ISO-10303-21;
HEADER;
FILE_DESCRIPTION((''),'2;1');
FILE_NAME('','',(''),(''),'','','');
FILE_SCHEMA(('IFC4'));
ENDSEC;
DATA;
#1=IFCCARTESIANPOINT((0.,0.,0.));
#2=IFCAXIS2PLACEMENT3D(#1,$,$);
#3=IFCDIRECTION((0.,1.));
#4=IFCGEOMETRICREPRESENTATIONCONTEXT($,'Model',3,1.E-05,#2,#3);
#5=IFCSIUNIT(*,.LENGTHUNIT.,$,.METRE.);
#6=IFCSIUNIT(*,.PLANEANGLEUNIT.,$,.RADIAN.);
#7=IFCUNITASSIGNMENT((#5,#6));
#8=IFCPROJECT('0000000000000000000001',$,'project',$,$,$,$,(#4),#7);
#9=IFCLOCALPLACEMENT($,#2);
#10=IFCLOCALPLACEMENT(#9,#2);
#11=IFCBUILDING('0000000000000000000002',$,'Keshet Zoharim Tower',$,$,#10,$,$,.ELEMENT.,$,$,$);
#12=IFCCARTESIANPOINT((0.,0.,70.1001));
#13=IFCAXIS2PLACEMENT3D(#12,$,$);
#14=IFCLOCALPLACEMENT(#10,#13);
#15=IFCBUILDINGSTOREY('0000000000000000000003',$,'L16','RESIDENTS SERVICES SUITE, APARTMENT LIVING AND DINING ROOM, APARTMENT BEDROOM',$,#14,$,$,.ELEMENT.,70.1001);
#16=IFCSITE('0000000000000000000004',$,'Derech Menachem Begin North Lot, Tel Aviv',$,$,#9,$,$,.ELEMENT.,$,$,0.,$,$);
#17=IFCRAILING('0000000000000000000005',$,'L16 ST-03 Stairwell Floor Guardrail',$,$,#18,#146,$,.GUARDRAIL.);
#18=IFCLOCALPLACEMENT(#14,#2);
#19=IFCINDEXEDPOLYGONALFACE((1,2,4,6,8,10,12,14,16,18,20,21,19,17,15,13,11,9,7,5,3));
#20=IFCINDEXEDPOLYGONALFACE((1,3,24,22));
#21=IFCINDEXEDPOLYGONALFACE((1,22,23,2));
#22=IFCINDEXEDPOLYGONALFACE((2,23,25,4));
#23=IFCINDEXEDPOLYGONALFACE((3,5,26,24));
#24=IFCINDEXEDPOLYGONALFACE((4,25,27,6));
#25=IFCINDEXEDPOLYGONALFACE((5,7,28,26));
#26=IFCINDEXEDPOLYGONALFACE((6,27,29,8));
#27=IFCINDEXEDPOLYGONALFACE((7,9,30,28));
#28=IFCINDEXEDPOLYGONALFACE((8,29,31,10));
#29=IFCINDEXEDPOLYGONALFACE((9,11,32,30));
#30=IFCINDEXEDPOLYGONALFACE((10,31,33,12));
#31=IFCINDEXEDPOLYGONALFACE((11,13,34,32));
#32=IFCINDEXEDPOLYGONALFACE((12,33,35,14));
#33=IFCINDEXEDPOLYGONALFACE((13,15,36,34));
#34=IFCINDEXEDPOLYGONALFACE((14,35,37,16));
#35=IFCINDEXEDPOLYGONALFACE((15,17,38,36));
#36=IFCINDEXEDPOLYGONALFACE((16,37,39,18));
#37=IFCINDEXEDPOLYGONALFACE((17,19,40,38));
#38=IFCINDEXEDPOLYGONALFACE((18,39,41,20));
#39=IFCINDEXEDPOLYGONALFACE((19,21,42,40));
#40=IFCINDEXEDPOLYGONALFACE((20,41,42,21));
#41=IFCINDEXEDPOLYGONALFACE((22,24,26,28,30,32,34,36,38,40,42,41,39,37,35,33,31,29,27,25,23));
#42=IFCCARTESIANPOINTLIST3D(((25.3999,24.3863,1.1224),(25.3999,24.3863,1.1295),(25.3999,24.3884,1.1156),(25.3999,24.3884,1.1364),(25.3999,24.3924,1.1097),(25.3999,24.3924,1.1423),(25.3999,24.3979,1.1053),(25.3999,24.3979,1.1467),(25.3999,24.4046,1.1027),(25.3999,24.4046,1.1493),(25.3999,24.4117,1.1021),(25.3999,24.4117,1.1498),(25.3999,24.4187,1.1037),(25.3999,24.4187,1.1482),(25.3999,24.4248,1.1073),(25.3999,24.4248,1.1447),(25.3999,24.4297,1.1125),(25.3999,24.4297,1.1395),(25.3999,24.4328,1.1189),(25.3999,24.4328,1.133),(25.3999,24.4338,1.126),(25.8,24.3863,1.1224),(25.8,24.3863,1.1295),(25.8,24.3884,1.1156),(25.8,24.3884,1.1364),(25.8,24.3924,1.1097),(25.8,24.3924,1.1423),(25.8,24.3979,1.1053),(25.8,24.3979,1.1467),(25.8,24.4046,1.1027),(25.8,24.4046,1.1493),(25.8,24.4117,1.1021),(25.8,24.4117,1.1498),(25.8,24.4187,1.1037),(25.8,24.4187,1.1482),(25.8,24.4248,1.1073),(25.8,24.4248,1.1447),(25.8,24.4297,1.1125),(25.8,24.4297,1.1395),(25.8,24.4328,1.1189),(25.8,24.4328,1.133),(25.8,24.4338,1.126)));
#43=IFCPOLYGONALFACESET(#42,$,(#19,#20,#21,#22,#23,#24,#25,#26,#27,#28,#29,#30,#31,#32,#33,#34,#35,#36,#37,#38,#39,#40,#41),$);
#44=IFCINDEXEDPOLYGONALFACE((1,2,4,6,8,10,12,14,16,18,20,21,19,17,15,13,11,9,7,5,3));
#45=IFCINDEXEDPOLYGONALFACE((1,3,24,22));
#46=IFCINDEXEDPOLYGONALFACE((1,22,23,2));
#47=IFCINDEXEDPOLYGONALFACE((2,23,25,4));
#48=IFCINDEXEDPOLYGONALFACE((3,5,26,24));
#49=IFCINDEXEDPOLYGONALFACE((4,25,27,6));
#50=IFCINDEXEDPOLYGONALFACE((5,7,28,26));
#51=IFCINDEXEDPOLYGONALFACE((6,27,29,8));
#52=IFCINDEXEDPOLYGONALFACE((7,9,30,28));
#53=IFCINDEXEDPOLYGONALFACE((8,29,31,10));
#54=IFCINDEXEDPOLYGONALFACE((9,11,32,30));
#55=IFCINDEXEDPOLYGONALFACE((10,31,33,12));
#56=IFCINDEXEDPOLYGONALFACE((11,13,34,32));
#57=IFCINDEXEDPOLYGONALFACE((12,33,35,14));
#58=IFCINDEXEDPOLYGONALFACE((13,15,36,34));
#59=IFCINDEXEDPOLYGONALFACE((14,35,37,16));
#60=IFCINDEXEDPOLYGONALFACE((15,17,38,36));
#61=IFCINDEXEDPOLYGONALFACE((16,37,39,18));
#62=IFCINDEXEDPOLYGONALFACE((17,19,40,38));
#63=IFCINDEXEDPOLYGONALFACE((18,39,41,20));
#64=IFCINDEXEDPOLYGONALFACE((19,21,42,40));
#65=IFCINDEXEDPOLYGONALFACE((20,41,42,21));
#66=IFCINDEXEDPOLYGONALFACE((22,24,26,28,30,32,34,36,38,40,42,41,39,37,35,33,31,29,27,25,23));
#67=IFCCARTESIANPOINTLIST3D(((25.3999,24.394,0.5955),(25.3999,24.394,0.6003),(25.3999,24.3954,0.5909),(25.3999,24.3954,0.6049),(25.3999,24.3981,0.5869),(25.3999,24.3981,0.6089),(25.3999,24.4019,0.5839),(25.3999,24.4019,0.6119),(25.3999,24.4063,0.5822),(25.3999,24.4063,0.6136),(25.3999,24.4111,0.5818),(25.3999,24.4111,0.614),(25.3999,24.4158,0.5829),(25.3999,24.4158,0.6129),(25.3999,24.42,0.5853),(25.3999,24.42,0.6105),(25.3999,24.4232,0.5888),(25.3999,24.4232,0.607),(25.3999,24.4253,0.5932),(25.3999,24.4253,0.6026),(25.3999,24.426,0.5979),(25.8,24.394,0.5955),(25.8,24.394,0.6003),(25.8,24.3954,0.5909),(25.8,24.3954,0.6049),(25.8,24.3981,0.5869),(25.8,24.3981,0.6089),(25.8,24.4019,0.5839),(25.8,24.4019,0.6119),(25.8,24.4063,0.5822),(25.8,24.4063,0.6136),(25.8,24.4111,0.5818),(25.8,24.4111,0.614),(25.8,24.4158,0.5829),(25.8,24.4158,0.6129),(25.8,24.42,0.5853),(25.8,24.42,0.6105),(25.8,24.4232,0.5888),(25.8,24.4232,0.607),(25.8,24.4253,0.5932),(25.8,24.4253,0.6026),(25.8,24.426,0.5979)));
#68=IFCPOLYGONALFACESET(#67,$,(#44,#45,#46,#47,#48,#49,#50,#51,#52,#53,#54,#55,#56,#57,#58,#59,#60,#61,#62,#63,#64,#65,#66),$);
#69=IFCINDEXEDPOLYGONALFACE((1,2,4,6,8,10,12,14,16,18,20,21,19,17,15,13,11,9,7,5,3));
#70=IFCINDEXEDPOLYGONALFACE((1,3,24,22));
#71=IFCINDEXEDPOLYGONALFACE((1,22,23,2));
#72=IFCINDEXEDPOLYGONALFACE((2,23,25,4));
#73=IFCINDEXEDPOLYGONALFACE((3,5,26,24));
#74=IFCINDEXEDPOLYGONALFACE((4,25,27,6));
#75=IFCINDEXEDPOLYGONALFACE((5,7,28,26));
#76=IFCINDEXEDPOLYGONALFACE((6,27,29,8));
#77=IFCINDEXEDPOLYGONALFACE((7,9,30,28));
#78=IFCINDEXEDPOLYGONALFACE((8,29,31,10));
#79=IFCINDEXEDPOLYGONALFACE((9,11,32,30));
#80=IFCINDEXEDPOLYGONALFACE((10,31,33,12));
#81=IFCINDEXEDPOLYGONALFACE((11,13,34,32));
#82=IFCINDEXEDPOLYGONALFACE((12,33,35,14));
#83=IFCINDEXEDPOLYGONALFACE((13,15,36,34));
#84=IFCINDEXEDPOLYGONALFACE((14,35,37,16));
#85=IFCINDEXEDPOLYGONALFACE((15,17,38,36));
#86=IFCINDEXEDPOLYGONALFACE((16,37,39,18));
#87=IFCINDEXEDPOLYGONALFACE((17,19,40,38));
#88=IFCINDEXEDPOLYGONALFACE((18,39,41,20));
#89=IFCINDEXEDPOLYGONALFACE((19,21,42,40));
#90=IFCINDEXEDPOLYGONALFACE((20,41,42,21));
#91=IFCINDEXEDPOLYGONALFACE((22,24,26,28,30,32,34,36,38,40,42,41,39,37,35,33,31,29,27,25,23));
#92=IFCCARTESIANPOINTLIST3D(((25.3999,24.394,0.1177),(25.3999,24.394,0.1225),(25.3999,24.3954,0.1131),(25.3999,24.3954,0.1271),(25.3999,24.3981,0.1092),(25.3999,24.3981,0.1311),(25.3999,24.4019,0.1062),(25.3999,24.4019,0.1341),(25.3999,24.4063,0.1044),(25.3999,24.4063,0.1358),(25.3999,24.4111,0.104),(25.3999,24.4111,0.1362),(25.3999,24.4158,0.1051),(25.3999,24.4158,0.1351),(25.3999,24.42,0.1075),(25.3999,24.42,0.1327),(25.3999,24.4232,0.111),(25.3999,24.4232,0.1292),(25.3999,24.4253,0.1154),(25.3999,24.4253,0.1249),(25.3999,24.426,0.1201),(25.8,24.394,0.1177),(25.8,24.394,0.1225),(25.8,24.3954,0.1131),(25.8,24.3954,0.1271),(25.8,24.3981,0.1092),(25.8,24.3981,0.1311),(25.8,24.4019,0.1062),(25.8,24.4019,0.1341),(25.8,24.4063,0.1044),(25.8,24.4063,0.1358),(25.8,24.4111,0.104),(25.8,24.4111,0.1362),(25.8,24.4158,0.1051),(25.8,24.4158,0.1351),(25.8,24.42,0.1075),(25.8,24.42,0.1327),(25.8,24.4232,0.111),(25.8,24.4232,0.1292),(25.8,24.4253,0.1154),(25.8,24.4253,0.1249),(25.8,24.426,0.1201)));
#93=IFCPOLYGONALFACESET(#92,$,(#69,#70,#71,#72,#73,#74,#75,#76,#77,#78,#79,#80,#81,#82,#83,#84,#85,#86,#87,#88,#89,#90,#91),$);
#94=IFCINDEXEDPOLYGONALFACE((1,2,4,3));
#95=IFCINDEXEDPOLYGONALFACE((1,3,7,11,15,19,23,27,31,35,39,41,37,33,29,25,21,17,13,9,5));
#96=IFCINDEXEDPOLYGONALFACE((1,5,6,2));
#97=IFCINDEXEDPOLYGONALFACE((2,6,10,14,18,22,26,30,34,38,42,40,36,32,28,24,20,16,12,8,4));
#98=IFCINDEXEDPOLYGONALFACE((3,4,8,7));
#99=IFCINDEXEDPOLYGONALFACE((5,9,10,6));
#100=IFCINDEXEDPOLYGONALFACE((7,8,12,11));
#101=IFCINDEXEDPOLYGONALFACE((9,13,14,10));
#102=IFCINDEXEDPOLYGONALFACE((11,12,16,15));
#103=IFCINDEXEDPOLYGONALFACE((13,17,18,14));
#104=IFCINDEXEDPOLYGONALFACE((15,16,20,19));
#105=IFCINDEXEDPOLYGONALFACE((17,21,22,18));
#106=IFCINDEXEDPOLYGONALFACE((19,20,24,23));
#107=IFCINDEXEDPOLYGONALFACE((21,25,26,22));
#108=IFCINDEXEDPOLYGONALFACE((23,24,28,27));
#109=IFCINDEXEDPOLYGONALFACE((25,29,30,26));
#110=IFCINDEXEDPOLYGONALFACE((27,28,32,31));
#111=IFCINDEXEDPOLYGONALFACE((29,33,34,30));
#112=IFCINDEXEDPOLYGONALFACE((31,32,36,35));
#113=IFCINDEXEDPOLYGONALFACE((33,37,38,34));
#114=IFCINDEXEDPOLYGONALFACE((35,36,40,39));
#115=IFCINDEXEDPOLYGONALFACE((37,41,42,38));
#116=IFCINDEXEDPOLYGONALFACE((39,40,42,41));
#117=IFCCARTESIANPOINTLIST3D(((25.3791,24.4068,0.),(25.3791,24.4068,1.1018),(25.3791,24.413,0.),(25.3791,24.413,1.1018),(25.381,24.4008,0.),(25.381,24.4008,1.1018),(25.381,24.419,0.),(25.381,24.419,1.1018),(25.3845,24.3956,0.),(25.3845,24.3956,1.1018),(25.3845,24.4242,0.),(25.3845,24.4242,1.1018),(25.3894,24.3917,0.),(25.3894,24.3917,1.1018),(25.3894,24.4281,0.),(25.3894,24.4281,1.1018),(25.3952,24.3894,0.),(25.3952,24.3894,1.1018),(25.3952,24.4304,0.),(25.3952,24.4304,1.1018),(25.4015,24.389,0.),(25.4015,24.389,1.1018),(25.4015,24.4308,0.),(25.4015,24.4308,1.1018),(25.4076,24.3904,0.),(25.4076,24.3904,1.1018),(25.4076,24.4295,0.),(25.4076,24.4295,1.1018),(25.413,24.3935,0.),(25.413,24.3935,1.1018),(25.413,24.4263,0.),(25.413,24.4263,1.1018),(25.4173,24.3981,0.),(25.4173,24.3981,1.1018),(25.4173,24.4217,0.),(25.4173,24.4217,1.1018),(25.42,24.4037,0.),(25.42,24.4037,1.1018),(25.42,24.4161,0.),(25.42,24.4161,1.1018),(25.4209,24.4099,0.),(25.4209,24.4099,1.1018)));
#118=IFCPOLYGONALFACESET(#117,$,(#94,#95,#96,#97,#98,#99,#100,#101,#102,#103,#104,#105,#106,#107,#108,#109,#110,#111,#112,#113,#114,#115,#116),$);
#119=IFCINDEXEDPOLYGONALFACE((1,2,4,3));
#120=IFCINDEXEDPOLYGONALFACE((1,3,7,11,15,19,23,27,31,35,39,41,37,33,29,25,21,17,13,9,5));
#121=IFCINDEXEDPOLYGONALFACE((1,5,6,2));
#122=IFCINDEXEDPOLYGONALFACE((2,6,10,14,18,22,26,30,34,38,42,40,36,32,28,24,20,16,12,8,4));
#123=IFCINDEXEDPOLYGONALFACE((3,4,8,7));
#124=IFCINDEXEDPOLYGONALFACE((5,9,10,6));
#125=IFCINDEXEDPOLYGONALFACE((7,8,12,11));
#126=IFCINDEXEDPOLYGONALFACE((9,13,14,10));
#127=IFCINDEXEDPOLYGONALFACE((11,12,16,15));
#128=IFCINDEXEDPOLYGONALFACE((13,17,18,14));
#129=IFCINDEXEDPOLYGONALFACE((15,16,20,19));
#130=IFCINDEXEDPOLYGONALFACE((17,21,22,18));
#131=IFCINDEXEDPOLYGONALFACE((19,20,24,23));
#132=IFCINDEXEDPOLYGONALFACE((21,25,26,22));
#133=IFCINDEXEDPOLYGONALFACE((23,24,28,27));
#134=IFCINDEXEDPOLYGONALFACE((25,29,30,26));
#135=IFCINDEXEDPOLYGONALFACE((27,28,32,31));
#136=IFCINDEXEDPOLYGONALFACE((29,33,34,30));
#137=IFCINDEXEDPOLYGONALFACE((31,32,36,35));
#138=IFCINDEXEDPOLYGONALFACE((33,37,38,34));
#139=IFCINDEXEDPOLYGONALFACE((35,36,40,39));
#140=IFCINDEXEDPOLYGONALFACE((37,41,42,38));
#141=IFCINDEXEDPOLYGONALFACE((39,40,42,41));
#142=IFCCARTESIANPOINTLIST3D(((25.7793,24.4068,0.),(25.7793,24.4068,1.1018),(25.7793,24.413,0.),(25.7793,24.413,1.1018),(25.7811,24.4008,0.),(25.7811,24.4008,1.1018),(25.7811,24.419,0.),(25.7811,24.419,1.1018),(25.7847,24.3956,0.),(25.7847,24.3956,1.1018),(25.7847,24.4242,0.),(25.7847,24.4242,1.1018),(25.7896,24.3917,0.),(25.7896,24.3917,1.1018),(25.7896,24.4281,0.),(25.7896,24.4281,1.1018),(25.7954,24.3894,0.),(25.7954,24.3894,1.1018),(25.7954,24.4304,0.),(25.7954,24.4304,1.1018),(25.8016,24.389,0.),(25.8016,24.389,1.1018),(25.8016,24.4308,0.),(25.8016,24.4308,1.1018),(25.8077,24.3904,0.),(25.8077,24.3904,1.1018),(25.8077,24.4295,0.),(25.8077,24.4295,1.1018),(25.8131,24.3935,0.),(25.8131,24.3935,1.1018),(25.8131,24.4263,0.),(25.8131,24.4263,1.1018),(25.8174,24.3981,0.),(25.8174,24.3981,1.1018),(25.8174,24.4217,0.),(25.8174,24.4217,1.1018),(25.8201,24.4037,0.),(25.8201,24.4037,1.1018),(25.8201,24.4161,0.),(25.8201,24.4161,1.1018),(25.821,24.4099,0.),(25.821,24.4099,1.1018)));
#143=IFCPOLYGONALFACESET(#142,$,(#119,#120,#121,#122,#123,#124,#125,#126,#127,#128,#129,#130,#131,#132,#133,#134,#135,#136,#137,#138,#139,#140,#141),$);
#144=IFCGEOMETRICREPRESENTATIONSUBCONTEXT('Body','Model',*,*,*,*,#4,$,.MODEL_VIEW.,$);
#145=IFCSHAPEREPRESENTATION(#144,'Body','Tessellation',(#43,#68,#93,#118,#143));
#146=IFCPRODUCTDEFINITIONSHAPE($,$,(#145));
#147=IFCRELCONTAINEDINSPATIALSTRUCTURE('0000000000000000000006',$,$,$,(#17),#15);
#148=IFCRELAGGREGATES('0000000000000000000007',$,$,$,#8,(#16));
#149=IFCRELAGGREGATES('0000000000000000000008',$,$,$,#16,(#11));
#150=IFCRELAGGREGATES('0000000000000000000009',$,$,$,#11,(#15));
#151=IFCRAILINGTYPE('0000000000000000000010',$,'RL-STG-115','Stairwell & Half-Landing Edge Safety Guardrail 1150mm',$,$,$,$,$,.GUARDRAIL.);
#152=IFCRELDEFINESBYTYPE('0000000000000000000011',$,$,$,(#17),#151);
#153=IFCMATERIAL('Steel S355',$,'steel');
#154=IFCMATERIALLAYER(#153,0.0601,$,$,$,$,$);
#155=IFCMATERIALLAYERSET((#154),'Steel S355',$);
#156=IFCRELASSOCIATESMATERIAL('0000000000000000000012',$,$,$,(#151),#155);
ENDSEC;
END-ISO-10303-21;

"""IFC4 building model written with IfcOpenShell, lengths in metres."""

from ifc_helpers import new_model, si_unit, direction, frame, origin, origin_2d, place, context, subcontext, project, spatial, circle, extrude, material, layer, layer_set, type_object, element, save


model = new_model("IFC4")

# Units and contexts
model_context = context("Model", 3, precision=1e-05, world=origin(), true_north=direction((0.0, 1.0)))
body_context = subcontext(model_context, "Body", "Model", "MODEL_VIEW")
ifc_project = project(units=[si_unit("LENGTHUNIT", "METRE"), si_unit("PLANEANGLEUNIT", "RADIAN")], contexts=[model_context])

# Site, building, storey
site_placement = place(None, origin())
site = spatial("IfcSite", under=ifc_project, at=site_placement, Name="Derech Menachem Begin North Lot, Tel Aviv", CompositionType="ELEMENT", RefElevation=0.0)
building_placement = place(site_placement, origin())
building = spatial("IfcBuilding", under=site, at=building_placement, Name="Keshet Zoharim Tower", CompositionType="ELEMENT")
storey_placement = place(building_placement, frame((0.0, 0.0, 70.1001)))
storey = spatial("IfcBuildingStorey", under=building, at=storey_placement, Name="L16", Description="RESIDENTS SERVICES SUITE, APARTMENT LIVING AND DINING ROOM, APARTMENT BEDROOM", CompositionType="ELEMENT", Elevation=70.1001)

# Shared definitions
ifc_material_1 = material(Name="Steel S355", Category="steel")

# Railing
ifc_layer_1 = layer(ifc_material_1, 0.0601)
ifc_layer_set_1 = layer_set([ifc_layer_1], Name="Steel S355")
railing_type_1 = type_object("IfcRailingType", Name="RL-STG-115", Description="Stairwell & Half-Landing Edge Safety Guardrail 1150mm", PredefinedType="GUARDRAIL", material=ifc_layer_set_1)
railing_1_placement = place(storey_placement, frame((25.3999, 24.4099, 0.0)))
element("IfcRailing", 1, at=railing_1_placement, inside=storey, type_object=railing_type_1, Name="L16 ST-03 Stairwell Floor Guardrail", PredefinedType="GUARDRAIL", context=body_context, shape_type="SweptSolid", body=[
    extrude(circle(Radius=0.0239, at=origin_2d()), frame((0.0, 0.0, 1.126), z_axis=(1.0, 0.0, 0.0), x_axis=(0.0, 1.0, 0.0)), (0.0, 0.0, 1.0), 0.4001),
    extrude(circle(Radius=0.0161, at=origin_2d()), frame((0.0, 0.0, 0.5979), z_axis=(1.0, 0.0, 0.0), x_axis=(0.0, 1.0, 0.0)), (0.0, 0.0, 1.0), 0.4001),
    extrude(circle(Radius=0.0161, at=origin_2d()), frame((0.0, 0.0, 0.1201), z_axis=(1.0, 0.0, 0.0), x_axis=(0.0, 1.0, 0.0)), (0.0, 0.0, 1.0), 0.4001),
    extrude(circle(Radius=0.021, at=origin_2d()), origin(), (0.0, 0.0, 1.0), 1.1018),
    extrude(circle(Radius=0.021, at=origin_2d()), frame((0.4001, 0.0, 0.0)), (0.0, 0.0, 1.0), 1.1018),
])

save(model, "model.ifc")
